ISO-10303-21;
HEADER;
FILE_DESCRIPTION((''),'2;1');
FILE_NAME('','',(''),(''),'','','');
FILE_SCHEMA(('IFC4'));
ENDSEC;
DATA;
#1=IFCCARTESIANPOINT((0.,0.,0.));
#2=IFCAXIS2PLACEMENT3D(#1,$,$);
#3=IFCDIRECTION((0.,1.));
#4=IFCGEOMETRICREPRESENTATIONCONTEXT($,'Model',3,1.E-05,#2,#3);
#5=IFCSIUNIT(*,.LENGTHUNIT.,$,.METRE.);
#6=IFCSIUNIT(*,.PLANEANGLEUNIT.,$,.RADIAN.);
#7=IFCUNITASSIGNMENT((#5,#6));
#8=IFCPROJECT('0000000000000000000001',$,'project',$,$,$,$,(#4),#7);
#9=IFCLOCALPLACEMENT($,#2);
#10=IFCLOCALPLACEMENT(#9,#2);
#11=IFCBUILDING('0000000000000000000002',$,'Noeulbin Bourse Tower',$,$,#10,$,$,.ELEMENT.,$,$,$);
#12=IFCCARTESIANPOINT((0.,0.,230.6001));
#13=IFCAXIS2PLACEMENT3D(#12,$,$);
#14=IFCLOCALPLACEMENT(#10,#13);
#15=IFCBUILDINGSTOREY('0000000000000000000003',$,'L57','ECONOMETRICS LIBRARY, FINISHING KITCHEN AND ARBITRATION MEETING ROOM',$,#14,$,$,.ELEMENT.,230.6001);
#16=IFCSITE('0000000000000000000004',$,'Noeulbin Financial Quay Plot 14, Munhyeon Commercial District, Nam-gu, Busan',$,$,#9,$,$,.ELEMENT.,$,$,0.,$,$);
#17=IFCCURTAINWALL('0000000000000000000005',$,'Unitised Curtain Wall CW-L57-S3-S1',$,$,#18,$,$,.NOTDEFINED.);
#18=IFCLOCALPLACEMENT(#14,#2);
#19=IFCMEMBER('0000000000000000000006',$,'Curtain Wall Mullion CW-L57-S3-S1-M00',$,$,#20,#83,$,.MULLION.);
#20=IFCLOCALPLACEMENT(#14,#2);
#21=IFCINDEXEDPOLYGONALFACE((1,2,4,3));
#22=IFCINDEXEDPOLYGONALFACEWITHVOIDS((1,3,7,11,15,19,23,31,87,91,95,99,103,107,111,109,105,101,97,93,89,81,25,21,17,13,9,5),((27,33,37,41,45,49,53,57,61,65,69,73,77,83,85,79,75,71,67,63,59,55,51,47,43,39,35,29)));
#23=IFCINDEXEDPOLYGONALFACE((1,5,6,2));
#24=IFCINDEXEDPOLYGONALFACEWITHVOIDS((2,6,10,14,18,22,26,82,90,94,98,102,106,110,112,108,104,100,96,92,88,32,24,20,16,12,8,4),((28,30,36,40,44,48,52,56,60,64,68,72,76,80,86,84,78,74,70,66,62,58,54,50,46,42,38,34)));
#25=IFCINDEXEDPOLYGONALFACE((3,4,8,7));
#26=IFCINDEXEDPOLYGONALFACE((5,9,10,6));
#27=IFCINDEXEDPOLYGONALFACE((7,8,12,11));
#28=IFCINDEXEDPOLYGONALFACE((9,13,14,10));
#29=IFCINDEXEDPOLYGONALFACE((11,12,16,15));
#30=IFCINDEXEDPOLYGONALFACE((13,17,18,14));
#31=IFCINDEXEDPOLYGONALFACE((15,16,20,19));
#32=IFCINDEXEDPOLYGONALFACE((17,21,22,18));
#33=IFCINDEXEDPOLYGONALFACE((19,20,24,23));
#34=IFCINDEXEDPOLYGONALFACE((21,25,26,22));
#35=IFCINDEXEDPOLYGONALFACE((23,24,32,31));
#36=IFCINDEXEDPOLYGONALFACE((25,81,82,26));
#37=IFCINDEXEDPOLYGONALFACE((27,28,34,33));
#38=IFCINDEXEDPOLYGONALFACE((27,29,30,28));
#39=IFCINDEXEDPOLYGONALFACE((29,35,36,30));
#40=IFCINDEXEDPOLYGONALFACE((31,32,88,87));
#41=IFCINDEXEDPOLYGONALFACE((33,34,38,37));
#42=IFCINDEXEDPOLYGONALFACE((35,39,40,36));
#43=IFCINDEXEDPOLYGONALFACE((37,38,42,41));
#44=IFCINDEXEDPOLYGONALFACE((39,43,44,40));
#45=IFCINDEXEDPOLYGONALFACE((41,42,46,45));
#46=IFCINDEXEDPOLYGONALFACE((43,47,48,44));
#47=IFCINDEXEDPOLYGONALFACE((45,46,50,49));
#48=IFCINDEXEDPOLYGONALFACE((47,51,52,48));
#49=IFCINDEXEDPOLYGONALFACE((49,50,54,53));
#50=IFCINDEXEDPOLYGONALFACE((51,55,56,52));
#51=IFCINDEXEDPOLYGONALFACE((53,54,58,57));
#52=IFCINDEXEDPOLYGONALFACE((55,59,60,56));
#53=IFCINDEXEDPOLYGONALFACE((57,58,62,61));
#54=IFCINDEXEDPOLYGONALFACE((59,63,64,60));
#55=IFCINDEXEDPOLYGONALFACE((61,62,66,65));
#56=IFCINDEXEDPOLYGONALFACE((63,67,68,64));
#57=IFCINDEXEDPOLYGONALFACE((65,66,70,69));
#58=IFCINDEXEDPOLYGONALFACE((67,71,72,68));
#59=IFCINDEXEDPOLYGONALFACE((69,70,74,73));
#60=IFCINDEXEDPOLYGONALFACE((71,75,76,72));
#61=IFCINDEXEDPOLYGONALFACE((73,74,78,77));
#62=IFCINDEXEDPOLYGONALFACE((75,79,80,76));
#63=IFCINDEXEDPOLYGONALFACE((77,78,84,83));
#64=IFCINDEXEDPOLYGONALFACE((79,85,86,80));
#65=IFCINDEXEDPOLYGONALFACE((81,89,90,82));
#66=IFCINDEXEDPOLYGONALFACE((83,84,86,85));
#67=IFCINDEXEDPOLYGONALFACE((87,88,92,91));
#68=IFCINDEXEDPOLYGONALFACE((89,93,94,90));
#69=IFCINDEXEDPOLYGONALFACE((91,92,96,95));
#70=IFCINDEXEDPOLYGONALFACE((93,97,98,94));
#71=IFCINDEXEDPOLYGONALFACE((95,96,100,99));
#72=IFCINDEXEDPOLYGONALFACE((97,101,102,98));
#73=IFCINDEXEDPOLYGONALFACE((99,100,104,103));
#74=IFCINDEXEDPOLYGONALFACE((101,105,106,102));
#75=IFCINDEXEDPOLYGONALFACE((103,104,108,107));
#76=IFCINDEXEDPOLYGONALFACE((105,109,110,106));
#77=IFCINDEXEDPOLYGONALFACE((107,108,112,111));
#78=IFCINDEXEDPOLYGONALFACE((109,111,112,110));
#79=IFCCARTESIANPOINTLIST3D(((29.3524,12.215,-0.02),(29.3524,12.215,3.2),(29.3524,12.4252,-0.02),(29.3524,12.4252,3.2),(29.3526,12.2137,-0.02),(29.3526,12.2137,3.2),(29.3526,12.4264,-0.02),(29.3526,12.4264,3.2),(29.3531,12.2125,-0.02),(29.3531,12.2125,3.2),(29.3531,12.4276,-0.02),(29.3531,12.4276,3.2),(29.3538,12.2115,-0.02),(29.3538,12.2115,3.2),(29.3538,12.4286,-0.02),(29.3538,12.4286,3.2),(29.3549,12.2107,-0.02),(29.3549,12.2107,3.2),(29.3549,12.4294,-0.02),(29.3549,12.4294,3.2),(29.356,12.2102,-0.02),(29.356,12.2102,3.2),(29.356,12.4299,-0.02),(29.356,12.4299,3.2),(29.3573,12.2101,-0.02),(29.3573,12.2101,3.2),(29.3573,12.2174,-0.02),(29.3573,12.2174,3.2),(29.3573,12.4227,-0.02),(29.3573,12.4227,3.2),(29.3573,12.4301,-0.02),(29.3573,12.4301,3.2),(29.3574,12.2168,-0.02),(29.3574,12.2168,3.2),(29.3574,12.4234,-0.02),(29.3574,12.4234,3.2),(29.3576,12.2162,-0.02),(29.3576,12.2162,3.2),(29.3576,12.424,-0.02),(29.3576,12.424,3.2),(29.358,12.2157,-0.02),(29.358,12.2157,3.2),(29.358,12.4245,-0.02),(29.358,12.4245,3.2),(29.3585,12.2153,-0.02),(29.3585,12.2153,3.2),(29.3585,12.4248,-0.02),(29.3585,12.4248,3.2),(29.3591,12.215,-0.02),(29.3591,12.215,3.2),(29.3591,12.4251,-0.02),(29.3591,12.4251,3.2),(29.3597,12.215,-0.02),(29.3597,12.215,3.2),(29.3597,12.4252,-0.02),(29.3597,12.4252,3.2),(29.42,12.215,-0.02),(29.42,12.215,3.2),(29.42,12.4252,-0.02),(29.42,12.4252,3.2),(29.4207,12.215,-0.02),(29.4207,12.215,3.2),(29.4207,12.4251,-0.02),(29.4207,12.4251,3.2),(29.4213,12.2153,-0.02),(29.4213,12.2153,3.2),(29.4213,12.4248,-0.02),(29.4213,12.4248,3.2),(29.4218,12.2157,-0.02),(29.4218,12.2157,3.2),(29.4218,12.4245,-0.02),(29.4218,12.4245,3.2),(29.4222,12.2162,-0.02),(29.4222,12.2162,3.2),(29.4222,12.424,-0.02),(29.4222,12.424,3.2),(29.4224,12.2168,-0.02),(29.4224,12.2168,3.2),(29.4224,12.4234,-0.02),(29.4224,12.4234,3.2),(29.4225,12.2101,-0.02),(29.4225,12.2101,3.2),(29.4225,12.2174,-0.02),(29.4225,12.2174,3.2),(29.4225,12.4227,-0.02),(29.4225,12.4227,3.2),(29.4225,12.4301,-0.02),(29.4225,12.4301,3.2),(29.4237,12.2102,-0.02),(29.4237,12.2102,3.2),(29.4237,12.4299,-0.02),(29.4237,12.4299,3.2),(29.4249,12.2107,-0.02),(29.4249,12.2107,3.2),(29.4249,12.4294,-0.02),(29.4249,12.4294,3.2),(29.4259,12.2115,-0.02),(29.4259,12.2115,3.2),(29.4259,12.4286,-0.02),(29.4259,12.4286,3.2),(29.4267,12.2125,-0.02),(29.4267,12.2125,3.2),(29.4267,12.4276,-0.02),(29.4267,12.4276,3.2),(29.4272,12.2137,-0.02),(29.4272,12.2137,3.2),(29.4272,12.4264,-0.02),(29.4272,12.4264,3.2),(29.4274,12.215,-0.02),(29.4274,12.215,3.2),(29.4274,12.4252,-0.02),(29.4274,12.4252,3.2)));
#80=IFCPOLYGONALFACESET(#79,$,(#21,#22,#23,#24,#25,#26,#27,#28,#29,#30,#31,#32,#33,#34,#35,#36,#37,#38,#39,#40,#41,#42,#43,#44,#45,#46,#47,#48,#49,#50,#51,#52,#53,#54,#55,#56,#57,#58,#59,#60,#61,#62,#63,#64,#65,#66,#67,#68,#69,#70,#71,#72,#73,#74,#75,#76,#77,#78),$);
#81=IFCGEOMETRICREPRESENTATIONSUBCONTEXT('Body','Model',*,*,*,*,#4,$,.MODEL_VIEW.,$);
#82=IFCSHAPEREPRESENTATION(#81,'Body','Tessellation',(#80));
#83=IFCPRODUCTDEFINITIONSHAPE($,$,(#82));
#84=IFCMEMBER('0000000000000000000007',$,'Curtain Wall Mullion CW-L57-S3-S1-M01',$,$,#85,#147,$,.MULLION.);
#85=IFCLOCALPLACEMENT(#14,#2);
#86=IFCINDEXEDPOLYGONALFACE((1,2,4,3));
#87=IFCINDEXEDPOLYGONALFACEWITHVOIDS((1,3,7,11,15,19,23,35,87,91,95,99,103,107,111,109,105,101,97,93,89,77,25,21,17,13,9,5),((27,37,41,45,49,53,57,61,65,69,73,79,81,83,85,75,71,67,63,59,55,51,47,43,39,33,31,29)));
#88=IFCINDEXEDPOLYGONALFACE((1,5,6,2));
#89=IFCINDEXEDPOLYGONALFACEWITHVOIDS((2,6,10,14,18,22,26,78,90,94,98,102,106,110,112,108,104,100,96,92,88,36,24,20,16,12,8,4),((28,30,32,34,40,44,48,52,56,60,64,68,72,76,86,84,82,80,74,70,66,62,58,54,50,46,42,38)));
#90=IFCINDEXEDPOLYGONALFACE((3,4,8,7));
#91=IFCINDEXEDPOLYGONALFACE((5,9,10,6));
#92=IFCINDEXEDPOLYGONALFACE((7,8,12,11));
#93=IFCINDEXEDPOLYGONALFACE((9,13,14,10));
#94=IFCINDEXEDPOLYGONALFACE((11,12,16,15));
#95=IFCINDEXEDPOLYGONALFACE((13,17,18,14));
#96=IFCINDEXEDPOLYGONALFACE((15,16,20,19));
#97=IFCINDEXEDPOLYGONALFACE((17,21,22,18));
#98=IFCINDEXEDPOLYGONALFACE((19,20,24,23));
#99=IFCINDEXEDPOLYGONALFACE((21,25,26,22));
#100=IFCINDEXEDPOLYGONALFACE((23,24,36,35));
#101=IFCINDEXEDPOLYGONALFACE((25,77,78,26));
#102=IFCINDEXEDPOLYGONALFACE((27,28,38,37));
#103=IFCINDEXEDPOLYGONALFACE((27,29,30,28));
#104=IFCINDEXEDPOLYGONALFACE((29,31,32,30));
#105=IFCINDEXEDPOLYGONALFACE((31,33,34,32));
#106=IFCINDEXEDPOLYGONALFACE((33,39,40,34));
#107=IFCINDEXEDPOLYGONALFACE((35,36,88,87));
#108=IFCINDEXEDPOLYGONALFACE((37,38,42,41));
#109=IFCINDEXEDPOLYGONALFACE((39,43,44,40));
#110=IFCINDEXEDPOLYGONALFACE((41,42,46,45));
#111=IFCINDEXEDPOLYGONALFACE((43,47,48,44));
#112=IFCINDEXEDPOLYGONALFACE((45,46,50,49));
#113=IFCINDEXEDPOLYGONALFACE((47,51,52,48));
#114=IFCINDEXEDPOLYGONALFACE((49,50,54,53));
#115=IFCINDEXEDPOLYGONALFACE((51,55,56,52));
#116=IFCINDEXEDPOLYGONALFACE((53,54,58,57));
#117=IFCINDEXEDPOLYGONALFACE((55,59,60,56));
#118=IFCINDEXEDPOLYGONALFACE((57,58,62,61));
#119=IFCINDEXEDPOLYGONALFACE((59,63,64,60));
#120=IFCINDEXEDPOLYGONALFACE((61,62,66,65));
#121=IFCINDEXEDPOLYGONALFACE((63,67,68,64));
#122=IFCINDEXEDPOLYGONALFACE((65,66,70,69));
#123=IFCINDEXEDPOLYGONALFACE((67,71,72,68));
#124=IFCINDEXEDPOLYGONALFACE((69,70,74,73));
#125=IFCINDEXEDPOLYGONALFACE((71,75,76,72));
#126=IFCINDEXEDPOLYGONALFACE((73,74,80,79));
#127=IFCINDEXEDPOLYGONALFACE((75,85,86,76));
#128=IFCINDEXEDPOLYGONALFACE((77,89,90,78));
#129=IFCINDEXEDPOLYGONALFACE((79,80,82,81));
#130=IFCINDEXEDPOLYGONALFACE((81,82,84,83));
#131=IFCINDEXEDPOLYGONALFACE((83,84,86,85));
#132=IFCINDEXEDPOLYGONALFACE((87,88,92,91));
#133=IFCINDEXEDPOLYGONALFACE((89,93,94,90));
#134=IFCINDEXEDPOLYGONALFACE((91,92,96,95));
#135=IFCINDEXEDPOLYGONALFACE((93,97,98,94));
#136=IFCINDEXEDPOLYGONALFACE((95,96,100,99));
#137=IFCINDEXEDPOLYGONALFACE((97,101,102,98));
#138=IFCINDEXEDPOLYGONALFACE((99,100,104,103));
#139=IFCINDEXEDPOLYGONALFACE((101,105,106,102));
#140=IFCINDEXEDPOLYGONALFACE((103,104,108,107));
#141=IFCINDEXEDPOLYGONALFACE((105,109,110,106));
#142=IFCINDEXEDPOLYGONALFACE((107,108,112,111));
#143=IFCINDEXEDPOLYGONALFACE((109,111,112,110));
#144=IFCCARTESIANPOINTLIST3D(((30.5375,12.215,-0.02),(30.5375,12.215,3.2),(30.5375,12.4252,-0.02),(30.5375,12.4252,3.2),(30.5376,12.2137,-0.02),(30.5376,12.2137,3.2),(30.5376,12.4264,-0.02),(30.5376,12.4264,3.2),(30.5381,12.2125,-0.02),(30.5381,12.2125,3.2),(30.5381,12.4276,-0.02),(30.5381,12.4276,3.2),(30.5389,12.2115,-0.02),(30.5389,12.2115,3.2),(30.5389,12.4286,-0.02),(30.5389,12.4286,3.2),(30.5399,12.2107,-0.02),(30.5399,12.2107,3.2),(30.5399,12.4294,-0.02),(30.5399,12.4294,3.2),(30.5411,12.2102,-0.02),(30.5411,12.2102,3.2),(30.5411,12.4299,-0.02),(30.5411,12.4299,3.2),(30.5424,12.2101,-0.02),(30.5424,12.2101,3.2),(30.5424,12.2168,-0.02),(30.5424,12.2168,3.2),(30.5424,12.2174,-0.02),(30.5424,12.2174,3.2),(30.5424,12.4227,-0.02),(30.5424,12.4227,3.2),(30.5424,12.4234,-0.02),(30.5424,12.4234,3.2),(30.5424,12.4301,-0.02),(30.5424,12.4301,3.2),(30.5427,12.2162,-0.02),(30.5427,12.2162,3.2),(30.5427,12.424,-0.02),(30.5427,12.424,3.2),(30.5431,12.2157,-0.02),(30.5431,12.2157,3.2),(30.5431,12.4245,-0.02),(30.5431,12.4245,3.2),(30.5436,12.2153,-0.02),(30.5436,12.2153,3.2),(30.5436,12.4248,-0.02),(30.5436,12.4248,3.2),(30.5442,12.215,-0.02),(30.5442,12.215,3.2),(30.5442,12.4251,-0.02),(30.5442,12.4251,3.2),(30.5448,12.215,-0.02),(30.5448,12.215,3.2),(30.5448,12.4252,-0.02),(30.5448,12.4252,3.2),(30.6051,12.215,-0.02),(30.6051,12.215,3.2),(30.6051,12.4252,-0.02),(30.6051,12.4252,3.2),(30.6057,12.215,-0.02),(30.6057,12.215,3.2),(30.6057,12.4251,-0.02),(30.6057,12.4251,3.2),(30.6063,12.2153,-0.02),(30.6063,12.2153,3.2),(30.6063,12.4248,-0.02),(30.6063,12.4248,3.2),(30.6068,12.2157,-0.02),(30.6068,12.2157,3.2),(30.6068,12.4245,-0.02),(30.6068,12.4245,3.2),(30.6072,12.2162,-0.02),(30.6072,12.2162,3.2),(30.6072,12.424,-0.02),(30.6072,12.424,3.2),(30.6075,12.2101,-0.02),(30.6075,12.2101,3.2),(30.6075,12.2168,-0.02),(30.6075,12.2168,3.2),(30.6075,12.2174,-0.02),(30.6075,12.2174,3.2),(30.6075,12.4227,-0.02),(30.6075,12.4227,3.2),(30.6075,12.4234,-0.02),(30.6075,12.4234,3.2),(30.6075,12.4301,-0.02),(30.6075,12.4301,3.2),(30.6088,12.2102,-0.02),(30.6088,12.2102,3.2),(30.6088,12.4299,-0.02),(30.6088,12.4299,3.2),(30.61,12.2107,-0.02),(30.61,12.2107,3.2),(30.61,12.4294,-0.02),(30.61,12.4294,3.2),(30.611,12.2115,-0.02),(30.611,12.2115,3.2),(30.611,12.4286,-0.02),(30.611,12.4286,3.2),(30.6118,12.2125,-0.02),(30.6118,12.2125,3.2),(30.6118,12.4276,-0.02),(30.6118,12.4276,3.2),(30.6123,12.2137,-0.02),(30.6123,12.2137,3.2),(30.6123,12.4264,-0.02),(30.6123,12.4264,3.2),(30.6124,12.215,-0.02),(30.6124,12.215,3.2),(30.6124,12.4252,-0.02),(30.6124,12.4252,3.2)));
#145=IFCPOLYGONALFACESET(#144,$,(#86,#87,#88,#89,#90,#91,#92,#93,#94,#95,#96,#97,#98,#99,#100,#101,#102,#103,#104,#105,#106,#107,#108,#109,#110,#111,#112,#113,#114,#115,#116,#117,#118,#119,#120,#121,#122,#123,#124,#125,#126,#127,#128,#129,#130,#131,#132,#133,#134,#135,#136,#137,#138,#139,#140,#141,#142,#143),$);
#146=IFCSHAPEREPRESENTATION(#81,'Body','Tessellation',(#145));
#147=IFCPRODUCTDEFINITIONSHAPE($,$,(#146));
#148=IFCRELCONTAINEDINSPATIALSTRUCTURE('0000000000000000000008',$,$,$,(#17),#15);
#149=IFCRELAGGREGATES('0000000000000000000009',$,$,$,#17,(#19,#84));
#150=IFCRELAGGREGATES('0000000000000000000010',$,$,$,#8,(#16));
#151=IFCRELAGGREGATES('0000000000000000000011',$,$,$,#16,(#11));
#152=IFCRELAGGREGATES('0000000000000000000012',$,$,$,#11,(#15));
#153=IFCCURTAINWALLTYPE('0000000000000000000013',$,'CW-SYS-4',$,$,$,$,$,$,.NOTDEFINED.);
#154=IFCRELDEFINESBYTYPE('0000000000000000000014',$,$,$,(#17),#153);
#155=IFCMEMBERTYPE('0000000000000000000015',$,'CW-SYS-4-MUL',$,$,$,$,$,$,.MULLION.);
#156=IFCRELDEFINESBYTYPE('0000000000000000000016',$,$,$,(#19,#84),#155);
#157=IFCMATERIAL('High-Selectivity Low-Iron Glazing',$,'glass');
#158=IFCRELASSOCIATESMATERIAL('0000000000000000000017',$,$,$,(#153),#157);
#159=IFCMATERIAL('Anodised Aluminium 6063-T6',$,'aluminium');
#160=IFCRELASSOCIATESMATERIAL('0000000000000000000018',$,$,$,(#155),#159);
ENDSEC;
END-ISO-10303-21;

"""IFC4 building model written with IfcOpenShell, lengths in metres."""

from ifc_helpers import new_model, si_unit, direction, frame, origin, origin_2d, place, context, subcontext, project, spatial, hollow_rectangle, extrude, material, material_profile, profile_set, type_object, element, aggregate, save


model = new_model("IFC4")

# Units and contexts
model_context = context("Model", 3, precision=1e-05, world=origin(), true_north=direction((0.0, 1.0)))
body_context = subcontext(model_context, "Body", "Model", "MODEL_VIEW")
ifc_project = project(units=[si_unit("LENGTHUNIT", "METRE"), si_unit("PLANEANGLEUNIT", "RADIAN")], contexts=[model_context])

# Site, building, storey
site_placement = place(None, origin())
site = spatial("IfcSite", under=ifc_project, at=site_placement, Name="Noeulbin Financial Quay Plot 14, Munhyeon Commercial District, Nam-gu, Busan", CompositionType="ELEMENT", RefElevation=0.0)
building_placement = place(site_placement, origin())
building = spatial("IfcBuilding", under=site, at=building_placement, Name="Noeulbin Bourse Tower", CompositionType="ELEMENT")
storey_placement = place(building_placement, frame((0.0, 0.0, 230.6001)))
storey = spatial("IfcBuildingStorey", under=building, at=storey_placement, Name="L57", Description="ECONOMETRICS LIBRARY, FINISHING KITCHEN AND ARBITRATION MEETING ROOM", CompositionType="ELEMENT", Elevation=230.6001)

# Curtain wall, members
ifc_material_1 = material(Name="High-Selectivity Low-Iron Glazing", Category="glass")
curtain_wall_type = type_object("IfcCurtainWallType", Name="CW-SYS-4", PredefinedType="NOTDEFINED", material=ifc_material_1)
ifc_material_2 = material(Name="Anodised Aluminium 6063-T6", Category="aluminium")
ifc_material_profile_1 = material_profile(ifc_material_2, hollow_rectangle(XDim=0.075, YDim=0.22, WallThickness=0.0049, InnerFilletRadius=0.0024, OuterFilletRadius=0.0049, at=origin_2d()), Name="ALU-MULL-75x220x5", Category="LoadBearing")
ifc_profile_set_1 = profile_set([ifc_material_profile_1], Name="Anodised Aluminium 6063-T6")
member_type_1 = type_object("IfcMemberType", Name="CW-SYS-4-MUL", PredefinedType="MULLION", material=ifc_profile_set_1)
curtain_wall_1_placement = place(storey_placement, origin())
curtain_wall_1 = element("IfcCurtainWall", 1, at=curtain_wall_1_placement, inside=storey, type_object=curtain_wall_type, Name="Unitised Curtain Wall CW-L57-S3-S1", PredefinedType="NOTDEFINED")
member_1_placement = place(storey_placement, frame((29.3899, 12.3201, -0.02), z_axis=(0.0, 0.0, 1.0), x_axis=(1.0, 0.0, 0.0)))
member_1 = element("IfcMember", 2, at=member_1_placement, type_object=member_type_1, Name="Curtain Wall Mullion CW-L57-S3-S1-M00", PredefinedType="MULLION", context=body_context, shape_type="SweptSolid", body=[
    extrude(hollow_rectangle(XDim=0.075, YDim=0.22, WallThickness=0.0049, InnerFilletRadius=0.0024, OuterFilletRadius=0.0049, at=origin_2d()), origin(), (0.0, 0.0, 1.0), 3.22),
])
member_2_placement = place(storey_placement, frame((30.575, 12.3201, -0.02), z_axis=(0.0, 0.0, 1.0), x_axis=(1.0, 0.0, 0.0)))
member_2 = element("IfcMember", 3, at=member_2_placement, type_object=member_type_1, Name="Curtain Wall Mullion CW-L57-S3-S1-M01", PredefinedType="MULLION", context=body_context, shape_type="SweptSolid", body=[
    extrude(hollow_rectangle(XDim=0.075, YDim=0.22, WallThickness=0.0049, InnerFilletRadius=0.0024, OuterFilletRadius=0.0049, at=origin_2d()), origin(), (0.0, 0.0, 1.0), 3.22),
])

aggregate(curtain_wall_1, [member_1, member_2])

save(model, "model.ifc")
